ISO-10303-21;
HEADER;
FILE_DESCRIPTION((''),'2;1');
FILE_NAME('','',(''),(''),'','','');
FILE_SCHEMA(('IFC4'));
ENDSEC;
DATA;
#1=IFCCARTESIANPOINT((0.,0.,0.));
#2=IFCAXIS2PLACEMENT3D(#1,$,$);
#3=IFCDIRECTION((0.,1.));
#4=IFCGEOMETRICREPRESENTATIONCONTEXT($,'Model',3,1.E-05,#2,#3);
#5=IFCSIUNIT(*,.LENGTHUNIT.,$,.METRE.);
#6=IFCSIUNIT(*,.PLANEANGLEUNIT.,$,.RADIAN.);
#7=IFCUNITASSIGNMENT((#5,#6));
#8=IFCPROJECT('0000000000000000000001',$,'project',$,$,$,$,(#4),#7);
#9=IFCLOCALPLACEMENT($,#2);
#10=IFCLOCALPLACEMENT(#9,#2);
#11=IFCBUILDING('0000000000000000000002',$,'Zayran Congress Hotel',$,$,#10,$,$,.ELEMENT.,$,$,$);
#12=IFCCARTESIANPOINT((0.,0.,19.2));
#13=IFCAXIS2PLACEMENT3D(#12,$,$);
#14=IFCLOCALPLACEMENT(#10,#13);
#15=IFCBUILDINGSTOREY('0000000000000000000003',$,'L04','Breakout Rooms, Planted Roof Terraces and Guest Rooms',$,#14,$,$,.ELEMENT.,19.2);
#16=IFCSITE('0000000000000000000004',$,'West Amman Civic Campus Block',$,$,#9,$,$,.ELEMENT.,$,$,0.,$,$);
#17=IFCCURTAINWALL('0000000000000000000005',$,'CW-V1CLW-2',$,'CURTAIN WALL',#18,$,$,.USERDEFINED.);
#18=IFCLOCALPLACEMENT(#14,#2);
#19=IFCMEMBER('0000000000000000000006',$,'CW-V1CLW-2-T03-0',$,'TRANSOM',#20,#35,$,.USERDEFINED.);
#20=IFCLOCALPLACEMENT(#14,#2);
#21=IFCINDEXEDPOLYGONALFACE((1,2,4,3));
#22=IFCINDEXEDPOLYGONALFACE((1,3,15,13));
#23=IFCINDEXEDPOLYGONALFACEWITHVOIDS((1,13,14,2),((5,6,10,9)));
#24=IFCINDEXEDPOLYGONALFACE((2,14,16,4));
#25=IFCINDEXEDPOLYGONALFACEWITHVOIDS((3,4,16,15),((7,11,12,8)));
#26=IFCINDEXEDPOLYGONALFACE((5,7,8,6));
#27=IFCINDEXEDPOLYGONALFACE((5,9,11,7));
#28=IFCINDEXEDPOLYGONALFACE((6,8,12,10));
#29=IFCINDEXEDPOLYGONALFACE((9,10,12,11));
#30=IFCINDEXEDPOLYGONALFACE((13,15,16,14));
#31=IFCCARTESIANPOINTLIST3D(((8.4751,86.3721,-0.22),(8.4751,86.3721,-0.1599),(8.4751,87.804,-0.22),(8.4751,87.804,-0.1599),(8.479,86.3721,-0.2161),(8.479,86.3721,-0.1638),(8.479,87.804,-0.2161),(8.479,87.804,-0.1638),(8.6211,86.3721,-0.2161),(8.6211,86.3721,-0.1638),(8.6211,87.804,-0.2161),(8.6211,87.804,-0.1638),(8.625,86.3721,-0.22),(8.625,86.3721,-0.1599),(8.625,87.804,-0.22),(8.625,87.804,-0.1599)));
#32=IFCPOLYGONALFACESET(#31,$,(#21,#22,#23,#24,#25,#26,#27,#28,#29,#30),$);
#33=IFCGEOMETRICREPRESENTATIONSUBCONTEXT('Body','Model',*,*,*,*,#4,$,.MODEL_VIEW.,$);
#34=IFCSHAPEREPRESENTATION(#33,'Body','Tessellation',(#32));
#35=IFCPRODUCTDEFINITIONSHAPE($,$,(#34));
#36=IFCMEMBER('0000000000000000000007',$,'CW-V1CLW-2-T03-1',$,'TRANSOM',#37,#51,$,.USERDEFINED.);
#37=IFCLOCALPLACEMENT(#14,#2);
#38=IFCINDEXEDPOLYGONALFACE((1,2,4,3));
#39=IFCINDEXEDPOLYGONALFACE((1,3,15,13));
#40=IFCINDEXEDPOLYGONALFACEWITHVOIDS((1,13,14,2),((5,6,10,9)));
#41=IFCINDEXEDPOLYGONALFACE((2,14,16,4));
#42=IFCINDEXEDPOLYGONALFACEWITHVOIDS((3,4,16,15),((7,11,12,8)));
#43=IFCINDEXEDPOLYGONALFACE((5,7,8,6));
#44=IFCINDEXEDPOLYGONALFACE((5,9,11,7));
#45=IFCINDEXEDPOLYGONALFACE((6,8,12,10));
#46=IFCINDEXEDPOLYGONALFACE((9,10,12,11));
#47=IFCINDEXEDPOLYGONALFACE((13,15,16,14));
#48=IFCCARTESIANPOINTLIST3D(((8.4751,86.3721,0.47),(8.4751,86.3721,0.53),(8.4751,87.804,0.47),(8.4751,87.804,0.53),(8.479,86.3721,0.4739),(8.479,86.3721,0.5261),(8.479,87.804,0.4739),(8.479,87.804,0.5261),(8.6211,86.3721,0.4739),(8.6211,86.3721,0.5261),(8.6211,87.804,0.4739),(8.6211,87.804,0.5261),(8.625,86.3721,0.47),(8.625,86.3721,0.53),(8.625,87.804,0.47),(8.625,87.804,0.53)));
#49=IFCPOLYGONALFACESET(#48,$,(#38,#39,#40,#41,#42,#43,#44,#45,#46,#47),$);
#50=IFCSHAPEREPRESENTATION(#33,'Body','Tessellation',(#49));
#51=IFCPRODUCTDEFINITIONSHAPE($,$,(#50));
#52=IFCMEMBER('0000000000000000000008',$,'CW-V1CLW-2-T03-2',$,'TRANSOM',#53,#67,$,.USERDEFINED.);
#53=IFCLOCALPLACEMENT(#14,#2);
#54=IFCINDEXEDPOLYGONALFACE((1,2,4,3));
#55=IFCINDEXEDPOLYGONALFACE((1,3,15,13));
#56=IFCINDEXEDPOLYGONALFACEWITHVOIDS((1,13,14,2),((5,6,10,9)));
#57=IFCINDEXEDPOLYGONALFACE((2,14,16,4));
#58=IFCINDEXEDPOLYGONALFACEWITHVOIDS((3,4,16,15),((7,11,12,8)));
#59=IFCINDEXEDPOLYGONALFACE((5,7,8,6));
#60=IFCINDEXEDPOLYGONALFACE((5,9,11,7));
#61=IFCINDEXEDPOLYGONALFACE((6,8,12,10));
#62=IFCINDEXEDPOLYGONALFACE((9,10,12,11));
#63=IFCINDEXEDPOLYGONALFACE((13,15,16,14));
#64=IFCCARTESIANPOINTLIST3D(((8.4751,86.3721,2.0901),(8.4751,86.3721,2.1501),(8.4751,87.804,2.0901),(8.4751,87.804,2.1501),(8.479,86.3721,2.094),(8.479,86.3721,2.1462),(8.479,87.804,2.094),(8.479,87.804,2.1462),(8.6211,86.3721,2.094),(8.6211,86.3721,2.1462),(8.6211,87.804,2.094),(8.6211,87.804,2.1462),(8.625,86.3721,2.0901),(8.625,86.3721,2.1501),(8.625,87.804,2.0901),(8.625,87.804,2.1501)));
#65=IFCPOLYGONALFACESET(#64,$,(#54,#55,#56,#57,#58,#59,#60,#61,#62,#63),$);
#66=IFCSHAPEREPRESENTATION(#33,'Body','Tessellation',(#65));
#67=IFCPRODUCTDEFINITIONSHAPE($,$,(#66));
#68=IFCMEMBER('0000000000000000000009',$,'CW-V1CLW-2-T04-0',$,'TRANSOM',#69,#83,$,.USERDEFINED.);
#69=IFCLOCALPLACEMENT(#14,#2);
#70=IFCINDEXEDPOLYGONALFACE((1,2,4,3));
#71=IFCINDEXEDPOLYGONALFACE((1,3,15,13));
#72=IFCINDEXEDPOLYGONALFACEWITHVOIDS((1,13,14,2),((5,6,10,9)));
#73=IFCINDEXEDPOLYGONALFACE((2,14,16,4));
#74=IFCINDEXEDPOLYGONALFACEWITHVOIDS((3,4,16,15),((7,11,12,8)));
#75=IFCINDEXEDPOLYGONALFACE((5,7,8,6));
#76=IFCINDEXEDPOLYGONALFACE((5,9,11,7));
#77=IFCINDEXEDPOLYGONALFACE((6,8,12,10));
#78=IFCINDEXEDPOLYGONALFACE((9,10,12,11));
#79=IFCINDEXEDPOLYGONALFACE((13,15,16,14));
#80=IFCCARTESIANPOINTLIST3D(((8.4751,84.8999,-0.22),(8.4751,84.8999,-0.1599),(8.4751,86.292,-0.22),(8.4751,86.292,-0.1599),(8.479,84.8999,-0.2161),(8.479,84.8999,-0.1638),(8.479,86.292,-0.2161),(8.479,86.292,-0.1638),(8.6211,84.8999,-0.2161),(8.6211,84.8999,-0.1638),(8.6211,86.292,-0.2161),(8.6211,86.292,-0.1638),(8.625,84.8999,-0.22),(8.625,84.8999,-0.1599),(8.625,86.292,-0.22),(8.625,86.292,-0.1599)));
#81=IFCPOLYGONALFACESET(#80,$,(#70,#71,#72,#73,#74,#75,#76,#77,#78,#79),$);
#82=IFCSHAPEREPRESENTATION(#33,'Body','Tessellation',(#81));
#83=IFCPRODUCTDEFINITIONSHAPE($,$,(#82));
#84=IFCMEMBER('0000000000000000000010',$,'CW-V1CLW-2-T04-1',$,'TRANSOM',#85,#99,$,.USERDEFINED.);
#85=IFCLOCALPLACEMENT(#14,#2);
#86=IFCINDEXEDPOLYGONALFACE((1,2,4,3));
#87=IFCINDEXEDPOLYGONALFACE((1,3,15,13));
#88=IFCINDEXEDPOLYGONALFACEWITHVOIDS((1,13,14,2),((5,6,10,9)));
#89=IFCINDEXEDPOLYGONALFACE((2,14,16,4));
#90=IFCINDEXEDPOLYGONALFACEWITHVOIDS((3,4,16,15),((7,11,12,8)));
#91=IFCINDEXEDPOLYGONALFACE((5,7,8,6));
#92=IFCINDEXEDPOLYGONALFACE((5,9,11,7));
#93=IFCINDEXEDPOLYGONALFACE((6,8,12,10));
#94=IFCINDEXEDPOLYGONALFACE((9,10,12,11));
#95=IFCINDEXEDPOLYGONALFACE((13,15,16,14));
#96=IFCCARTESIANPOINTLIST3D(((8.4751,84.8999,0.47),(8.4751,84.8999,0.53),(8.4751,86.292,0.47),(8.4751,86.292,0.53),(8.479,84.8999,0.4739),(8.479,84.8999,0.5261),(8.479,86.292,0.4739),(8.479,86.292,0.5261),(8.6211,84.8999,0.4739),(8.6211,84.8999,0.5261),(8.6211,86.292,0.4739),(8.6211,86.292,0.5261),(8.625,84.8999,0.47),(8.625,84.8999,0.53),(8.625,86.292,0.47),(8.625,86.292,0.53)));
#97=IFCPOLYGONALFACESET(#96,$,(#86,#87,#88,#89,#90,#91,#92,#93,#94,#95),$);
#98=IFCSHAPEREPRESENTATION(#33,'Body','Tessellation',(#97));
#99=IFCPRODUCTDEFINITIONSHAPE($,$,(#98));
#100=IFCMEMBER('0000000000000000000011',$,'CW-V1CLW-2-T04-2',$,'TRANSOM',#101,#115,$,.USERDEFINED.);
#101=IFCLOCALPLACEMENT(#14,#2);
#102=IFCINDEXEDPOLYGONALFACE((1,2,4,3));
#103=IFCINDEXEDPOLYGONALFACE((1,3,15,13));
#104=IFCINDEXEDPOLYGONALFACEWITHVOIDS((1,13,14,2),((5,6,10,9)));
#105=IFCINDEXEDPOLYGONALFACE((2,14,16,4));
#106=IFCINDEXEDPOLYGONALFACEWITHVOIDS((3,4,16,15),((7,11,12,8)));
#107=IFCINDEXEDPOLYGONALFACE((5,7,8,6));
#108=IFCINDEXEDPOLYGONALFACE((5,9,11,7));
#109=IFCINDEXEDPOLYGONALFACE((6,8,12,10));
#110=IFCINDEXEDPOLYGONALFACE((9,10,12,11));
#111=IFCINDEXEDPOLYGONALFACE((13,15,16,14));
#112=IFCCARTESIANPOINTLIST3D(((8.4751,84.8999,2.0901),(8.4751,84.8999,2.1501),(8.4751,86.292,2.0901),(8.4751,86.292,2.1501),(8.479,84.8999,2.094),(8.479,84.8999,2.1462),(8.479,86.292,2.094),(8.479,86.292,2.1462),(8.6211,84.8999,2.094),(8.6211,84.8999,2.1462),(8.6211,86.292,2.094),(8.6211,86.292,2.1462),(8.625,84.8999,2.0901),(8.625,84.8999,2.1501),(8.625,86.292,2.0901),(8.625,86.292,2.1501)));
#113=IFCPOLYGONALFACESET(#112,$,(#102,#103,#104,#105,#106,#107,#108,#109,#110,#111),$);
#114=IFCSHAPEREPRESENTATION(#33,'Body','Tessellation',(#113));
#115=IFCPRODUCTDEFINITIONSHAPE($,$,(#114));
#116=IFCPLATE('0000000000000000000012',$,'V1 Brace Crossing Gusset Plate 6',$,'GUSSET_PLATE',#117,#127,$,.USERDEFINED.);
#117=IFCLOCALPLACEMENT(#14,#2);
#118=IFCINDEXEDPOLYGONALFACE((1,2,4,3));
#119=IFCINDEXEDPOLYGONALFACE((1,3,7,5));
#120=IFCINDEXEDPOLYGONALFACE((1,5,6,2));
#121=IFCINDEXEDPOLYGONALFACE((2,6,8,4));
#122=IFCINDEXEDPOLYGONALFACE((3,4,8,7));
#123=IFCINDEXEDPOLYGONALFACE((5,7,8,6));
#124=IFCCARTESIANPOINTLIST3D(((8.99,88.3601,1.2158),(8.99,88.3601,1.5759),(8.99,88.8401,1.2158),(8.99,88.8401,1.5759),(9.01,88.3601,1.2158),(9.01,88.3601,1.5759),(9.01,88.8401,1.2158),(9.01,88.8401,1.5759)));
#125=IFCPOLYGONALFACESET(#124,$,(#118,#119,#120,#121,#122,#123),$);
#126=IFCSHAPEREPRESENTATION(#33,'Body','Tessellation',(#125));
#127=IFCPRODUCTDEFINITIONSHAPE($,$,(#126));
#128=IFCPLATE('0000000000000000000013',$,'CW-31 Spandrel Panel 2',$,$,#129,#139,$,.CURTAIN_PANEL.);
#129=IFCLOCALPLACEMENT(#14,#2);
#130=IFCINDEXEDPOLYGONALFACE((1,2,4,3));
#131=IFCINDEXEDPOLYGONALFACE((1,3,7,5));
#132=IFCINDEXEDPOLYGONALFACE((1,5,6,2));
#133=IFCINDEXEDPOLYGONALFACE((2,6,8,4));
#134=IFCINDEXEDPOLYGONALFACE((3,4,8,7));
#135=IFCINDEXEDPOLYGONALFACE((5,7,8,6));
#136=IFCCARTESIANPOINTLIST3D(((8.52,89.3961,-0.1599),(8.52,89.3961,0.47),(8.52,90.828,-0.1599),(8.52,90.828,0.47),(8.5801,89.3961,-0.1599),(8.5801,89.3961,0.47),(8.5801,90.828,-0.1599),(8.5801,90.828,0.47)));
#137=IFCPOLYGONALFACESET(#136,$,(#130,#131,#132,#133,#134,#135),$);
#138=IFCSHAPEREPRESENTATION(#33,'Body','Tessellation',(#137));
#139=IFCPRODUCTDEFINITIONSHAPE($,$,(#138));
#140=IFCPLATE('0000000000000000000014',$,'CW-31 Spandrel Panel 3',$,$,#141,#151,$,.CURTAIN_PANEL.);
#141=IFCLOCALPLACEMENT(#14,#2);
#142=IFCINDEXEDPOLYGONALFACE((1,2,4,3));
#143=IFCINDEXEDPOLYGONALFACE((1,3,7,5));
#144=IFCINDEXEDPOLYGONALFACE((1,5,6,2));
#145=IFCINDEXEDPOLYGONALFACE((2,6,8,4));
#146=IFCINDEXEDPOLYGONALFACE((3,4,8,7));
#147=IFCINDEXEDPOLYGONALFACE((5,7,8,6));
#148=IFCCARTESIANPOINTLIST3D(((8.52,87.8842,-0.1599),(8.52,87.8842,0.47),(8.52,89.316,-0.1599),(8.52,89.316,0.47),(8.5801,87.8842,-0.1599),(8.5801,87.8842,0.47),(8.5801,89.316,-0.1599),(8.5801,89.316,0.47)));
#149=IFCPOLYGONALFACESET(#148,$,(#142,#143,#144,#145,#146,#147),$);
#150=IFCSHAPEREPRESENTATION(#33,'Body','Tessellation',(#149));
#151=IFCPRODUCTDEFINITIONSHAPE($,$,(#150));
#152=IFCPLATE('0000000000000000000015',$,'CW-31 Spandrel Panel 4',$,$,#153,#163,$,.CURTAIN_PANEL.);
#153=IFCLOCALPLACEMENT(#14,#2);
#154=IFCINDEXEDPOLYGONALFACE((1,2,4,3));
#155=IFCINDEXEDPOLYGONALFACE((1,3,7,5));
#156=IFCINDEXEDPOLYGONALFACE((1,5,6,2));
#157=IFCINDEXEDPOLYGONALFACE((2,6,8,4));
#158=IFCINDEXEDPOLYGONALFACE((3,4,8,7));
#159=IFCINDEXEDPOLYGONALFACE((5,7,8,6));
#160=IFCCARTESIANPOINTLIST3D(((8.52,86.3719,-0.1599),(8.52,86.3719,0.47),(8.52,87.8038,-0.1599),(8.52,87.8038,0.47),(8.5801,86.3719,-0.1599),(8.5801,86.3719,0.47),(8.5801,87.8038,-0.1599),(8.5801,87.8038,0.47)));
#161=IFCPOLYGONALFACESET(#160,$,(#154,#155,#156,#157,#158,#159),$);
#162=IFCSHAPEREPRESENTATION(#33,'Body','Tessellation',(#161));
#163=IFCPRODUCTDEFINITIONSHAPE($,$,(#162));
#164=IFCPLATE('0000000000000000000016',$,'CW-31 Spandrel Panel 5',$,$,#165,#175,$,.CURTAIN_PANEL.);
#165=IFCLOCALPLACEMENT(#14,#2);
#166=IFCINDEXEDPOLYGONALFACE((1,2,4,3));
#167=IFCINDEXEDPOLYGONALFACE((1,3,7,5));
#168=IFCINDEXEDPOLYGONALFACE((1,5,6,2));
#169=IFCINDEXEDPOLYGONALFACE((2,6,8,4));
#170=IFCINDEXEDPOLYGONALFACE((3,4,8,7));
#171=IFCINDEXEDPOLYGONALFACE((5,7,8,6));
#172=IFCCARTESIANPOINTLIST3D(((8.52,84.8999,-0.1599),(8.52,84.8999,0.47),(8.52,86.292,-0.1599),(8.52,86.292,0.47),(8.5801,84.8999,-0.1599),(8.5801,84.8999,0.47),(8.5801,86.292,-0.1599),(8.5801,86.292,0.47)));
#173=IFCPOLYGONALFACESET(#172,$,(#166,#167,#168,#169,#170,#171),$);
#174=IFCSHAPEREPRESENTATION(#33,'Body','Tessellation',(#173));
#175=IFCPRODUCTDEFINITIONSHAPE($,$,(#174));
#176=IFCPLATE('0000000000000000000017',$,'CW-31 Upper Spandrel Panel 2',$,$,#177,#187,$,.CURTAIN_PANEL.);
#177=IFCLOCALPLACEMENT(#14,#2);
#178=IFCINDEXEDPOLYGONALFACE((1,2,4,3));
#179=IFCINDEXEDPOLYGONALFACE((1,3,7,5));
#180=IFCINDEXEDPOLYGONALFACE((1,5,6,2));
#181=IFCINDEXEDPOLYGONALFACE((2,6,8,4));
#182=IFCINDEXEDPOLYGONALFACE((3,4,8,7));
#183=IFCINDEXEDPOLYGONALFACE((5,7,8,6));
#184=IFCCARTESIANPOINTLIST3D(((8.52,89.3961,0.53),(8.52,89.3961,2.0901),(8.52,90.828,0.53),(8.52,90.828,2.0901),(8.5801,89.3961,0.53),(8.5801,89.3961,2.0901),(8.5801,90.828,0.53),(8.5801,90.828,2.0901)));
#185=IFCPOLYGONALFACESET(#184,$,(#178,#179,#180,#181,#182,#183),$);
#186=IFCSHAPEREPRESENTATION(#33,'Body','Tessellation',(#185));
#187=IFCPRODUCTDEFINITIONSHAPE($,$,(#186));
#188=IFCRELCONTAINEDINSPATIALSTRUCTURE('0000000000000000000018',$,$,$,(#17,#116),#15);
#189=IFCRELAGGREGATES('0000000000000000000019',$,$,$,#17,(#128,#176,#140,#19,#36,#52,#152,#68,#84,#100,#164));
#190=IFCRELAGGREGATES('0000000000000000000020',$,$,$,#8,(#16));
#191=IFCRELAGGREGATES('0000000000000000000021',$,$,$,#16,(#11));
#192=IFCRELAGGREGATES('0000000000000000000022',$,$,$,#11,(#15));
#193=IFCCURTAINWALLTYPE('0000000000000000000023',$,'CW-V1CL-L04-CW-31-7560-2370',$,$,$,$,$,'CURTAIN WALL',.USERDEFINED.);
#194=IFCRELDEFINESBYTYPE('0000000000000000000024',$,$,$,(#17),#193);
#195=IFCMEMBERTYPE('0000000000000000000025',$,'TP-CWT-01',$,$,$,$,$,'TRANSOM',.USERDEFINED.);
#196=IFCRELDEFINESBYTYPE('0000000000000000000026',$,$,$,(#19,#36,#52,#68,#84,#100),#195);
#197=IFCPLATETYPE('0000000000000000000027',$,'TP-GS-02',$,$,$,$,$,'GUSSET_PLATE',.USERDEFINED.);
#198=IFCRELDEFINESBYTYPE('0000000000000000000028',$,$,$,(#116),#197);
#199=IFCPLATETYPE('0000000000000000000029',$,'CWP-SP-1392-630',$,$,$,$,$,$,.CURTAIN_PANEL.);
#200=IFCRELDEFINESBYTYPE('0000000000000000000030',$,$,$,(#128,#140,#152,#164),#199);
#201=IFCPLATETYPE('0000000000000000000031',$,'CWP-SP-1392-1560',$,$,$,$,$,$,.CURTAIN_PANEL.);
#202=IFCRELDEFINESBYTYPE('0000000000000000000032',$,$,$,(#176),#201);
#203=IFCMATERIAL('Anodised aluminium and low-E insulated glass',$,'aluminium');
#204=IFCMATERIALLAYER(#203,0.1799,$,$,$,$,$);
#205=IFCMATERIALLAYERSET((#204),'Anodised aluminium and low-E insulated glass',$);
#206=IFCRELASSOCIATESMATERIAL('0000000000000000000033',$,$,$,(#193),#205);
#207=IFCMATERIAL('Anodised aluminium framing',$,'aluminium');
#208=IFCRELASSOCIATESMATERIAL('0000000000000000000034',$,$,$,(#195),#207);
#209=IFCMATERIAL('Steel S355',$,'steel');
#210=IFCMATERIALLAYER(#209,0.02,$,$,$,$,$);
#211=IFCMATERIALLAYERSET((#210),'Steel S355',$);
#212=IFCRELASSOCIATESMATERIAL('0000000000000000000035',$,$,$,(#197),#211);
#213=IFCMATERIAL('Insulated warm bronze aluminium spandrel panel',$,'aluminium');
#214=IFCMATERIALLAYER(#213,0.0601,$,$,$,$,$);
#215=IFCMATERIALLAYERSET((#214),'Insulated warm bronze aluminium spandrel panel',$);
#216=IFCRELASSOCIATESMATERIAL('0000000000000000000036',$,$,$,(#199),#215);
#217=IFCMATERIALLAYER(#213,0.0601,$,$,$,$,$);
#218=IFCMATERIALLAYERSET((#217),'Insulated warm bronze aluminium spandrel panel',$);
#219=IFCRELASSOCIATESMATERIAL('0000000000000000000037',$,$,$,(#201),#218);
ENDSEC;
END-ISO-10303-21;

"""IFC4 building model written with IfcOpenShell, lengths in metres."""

from ifc_helpers import new_model, si_unit, direction, frame, origin, origin_2d, place, context, subcontext, project, spatial, rectangle, hollow_rectangle, extrude, material, layer, layer_set, material_profile, profile_set, type_object, element, aggregate, save


model = new_model("IFC4")

# Units and contexts
model_context = context("Model", 3, precision=1e-05, world=origin(), true_north=direction((0.0, 1.0)))
body_context = subcontext(model_context, "Body", "Model", "MODEL_VIEW")
ifc_project = project(units=[si_unit("LENGTHUNIT", "METRE"), si_unit("PLANEANGLEUNIT", "RADIAN")], contexts=[model_context])

# Site, building, storey
site_placement = place(None, origin())
site = spatial("IfcSite", under=ifc_project, at=site_placement, Name="West Amman Civic Campus Block", CompositionType="ELEMENT", RefElevation=0.0)
building_placement = place(site_placement, origin())
building = spatial("IfcBuilding", under=site, at=building_placement, Name="Zayran Congress Hotel", CompositionType="ELEMENT")
storey_placement = place(building_placement, frame((0.0, 0.0, 19.2)))
storey = spatial("IfcBuildingStorey", under=building, at=storey_placement, Name="L04", Description="Breakout Rooms, Planted Roof Terraces and Guest Rooms", CompositionType="ELEMENT", Elevation=19.2)

# Shared definitions
ifc_material_1 = material(Name="Steel S355", Category="steel")

# Curtain wall, members
ifc_material_2 = material(Name="Anodised aluminium and low-E insulated glass", Category="aluminium")
ifc_layer_1 = layer(ifc_material_2, 0.1799)
ifc_layer_set_1 = layer_set([ifc_layer_1], Name="Anodised aluminium and low-E insulated glass")
curtain_wall_type = type_object("IfcCurtainWallType", Name="CW-V1CL-L04-CW-31-7560-2370", ElementType="CURTAIN WALL", PredefinedType="USERDEFINED", material=ifc_layer_set_1)
curtain_wall_placement = place(storey_placement, origin())
curtain_wall = element("IfcCurtainWall", 1, at=curtain_wall_placement, inside=storey, type_object=curtain_wall_type, Name="CW-V1CLW-2", ObjectType="CURTAIN WALL", PredefinedType="USERDEFINED")
ifc_material_3 = material(Name="Anodised aluminium framing", Category="aluminium")
ifc_material_profile_1 = material_profile(ifc_material_3, hollow_rectangle(XDim=0.0601, YDim=0.1499, WallThickness=0.0039, at=origin_2d()), Name="RHS 150x60x4")
ifc_profile_set_1 = profile_set([ifc_material_profile_1], Name="Anodised aluminium framing")
member_type_1 = type_object("IfcMemberType", Name="TP-CWT-01", ElementType="TRANSOM", PredefinedType="USERDEFINED", material=ifc_profile_set_1)
member_1_placement = place(storey_placement, frame((8.55, 87.804, -0.1899), z_axis=(0.0, -1.0, 0.0), x_axis=(0.0, 0.0, 1.0)))
member_1 = element("IfcMember", 2, at=member_1_placement, type_object=member_type_1, Name="CW-V1CLW-2-T03-0", ObjectType="TRANSOM", PredefinedType="USERDEFINED", context=body_context, shape_type="SweptSolid", body=[
    extrude(hollow_rectangle(XDim=0.0601, YDim=0.1499, WallThickness=0.0039, at=origin_2d()), origin(), (0.0, 0.0, 1.0), 1.4319),
])
member_2_placement = place(storey_placement, frame((8.55, 87.804, 0.5), z_axis=(0.0, -1.0, 0.0), x_axis=(0.0, 0.0, 1.0)))
member_2 = element("IfcMember", 3, at=member_2_placement, type_object=member_type_1, Name="CW-V1CLW-2-T03-1", ObjectType="TRANSOM", PredefinedType="USERDEFINED", context=body_context, shape_type="SweptSolid", body=[
    extrude(hollow_rectangle(XDim=0.0601, YDim=0.1499, WallThickness=0.0039, at=origin_2d()), origin(), (0.0, 0.0, 1.0), 1.4319),
])
member_3_placement = place(storey_placement, frame((8.55, 87.804, 2.1201), z_axis=(0.0, -1.0, 0.0), x_axis=(0.0, 0.0, 1.0)))
member_3 = element("IfcMember", 4, at=member_3_placement, type_object=member_type_1, Name="CW-V1CLW-2-T03-2", ObjectType="TRANSOM", PredefinedType="USERDEFINED", context=body_context, shape_type="SweptSolid", body=[
    extrude(hollow_rectangle(XDim=0.0601, YDim=0.1499, WallThickness=0.0039, at=origin_2d()), origin(), (0.0, 0.0, 1.0), 1.4319),
])
member_4_placement = place(storey_placement, frame((8.55, 86.292, -0.1899), z_axis=(0.0, -1.0, 0.0), x_axis=(0.0, 0.0, 1.0)))
member_4 = element("IfcMember", 5, at=member_4_placement, type_object=member_type_1, Name="CW-V1CLW-2-T04-0", ObjectType="TRANSOM", PredefinedType="USERDEFINED", context=body_context, shape_type="SweptSolid", body=[
    extrude(hollow_rectangle(XDim=0.0601, YDim=0.1499, WallThickness=0.0039, at=origin_2d()), origin(), (0.0, 0.0, 1.0), 1.3921),
])
member_5_placement = place(storey_placement, frame((8.55, 86.292, 0.5), z_axis=(0.0, -1.0, 0.0), x_axis=(0.0, 0.0, 1.0)))
member_5 = element("IfcMember", 6, at=member_5_placement, type_object=member_type_1, Name="CW-V1CLW-2-T04-1", ObjectType="TRANSOM", PredefinedType="USERDEFINED", context=body_context, shape_type="SweptSolid", body=[
    extrude(hollow_rectangle(XDim=0.0601, YDim=0.1499, WallThickness=0.0039, at=origin_2d()), origin(), (0.0, 0.0, 1.0), 1.3921),
])
member_6_placement = place(storey_placement, frame((8.55, 86.292, 2.1201), z_axis=(0.0, -1.0, 0.0), x_axis=(0.0, 0.0, 1.0)))
member_6 = element("IfcMember", 7, at=member_6_placement, type_object=member_type_1, Name="CW-V1CLW-2-T04-2", ObjectType="TRANSOM", PredefinedType="USERDEFINED", context=body_context, shape_type="SweptSolid", body=[
    extrude(hollow_rectangle(XDim=0.0601, YDim=0.1499, WallThickness=0.0039, at=origin_2d()), origin(), (0.0, 0.0, 1.0), 1.3921),
])

# Plates
ifc_layer_2 = layer(ifc_material_1, 0.02)
ifc_layer_set_2 = layer_set([ifc_layer_2], Name="Steel S355")
plate_type_1 = type_object("IfcPlateType", Name="TP-GS-02", ElementType="GUSSET_PLATE", PredefinedType="USERDEFINED", material=ifc_layer_set_2)
plate_1_placement = place(storey_placement, frame((9.0, 88.6001, 1.2158), z_axis=(0.0, 0.0, 1.0), x_axis=(0.0, 1.0, 0.0)))
element("IfcPlate", 8, at=plate_1_placement, inside=storey, type_object=plate_type_1, Name="V1 Brace Crossing Gusset Plate 6", ObjectType="GUSSET_PLATE", PredefinedType="USERDEFINED", context=body_context, shape_type="SweptSolid", body=[
    extrude(rectangle(XDim=0.48, YDim=0.02, at=origin_2d()), origin(), (0.0, 0.0, 1.0), 0.3601),
])
ifc_material_4 = material(Name="Insulated warm bronze aluminium spandrel panel", Category="aluminium")
ifc_layer_3 = layer(ifc_material_4, 0.0601)
ifc_layer_set_3 = layer_set([ifc_layer_3], Name="Insulated warm bronze aluminium spandrel panel")
plate_type_2 = type_object("IfcPlateType", Name="CWP-SP-1392-630", PredefinedType="CURTAIN_PANEL", material=ifc_layer_set_3)
plate_2_placement = place(storey_placement, frame((8.55, 90.1121, -0.1599), z_axis=(0.0, 0.0, 1.0), x_axis=(0.0, 1.0, 0.0)))
plate_2 = element("IfcPlate", 9, at=plate_2_placement, type_object=plate_type_2, Name="CW-31 Spandrel Panel 2", PredefinedType="CURTAIN_PANEL", context=body_context, shape_type="SweptSolid", body=[
    extrude(rectangle(XDim=1.4319, YDim=0.0601, at=origin_2d()), origin(), (0.0, 0.0, 1.0), 0.6299),
])
plate_3_placement = place(storey_placement, frame((8.55, 88.6001, -0.1599), z_axis=(0.0, 0.0, 1.0), x_axis=(0.0, 1.0, 0.0)))
plate_3 = element("IfcPlate", 10, at=plate_3_placement, type_object=plate_type_2, Name="CW-31 Spandrel Panel 3", PredefinedType="CURTAIN_PANEL", context=body_context, shape_type="SweptSolid", body=[
    extrude(rectangle(XDim=1.4319, YDim=0.0601, at=origin_2d()), origin(), (0.0, 0.0, 1.0), 0.6299),
])
plate_4_placement = place(storey_placement, frame((8.55, 87.0879, -0.1599), z_axis=(0.0, 0.0, 1.0), x_axis=(0.0, 1.0, 0.0)))
plate_4 = element("IfcPlate", 11, at=plate_4_placement, type_object=plate_type_2, Name="CW-31 Spandrel Panel 4", PredefinedType="CURTAIN_PANEL", context=body_context, shape_type="SweptSolid", body=[
    extrude(rectangle(XDim=1.4319, YDim=0.0601, at=origin_2d()), origin(), (0.0, 0.0, 1.0), 0.6299),
])
plate_5_placement = place(storey_placement, frame((8.55, 85.5959, -0.1599), z_axis=(0.0, 0.0, 1.0), x_axis=(0.0, 1.0, 0.0)))
plate_5 = element("IfcPlate", 12, at=plate_5_placement, type_object=plate_type_2, Name="CW-31 Spandrel Panel 5", PredefinedType="CURTAIN_PANEL", context=body_context, shape_type="SweptSolid", body=[
    extrude(rectangle(XDim=1.3921, YDim=0.0601, at=origin_2d()), origin(), (0.0, 0.0, 1.0), 0.6299),
])
ifc_layer_4 = layer(ifc_material_4, 0.0601)
ifc_layer_set_4 = layer_set([ifc_layer_4], Name="Insulated warm bronze aluminium spandrel panel")
plate_type_3 = type_object("IfcPlateType", Name="CWP-SP-1392-1560", PredefinedType="CURTAIN_PANEL", material=ifc_layer_set_4)
plate_6_placement = place(storey_placement, frame((8.55, 90.1121, 0.53), z_axis=(0.0, 0.0, 1.0), x_axis=(0.0, 1.0, 0.0)))
plate_6 = element("IfcPlate", 13, at=plate_6_placement, type_object=plate_type_3, Name="CW-31 Upper Spandrel Panel 2", PredefinedType="CURTAIN_PANEL", context=body_context, shape_type="SweptSolid", body=[
    extrude(rectangle(XDim=1.4319, YDim=0.0601, at=origin_2d()), origin(), (0.0, 0.0, 1.0), 1.5601),
])
aggregate(curtain_wall, [plate_2, plate_6, plate_3, member_1, member_2, member_3, plate_4, member_4, member_5, member_6, plate_5])

save(model, "model.ifc")
